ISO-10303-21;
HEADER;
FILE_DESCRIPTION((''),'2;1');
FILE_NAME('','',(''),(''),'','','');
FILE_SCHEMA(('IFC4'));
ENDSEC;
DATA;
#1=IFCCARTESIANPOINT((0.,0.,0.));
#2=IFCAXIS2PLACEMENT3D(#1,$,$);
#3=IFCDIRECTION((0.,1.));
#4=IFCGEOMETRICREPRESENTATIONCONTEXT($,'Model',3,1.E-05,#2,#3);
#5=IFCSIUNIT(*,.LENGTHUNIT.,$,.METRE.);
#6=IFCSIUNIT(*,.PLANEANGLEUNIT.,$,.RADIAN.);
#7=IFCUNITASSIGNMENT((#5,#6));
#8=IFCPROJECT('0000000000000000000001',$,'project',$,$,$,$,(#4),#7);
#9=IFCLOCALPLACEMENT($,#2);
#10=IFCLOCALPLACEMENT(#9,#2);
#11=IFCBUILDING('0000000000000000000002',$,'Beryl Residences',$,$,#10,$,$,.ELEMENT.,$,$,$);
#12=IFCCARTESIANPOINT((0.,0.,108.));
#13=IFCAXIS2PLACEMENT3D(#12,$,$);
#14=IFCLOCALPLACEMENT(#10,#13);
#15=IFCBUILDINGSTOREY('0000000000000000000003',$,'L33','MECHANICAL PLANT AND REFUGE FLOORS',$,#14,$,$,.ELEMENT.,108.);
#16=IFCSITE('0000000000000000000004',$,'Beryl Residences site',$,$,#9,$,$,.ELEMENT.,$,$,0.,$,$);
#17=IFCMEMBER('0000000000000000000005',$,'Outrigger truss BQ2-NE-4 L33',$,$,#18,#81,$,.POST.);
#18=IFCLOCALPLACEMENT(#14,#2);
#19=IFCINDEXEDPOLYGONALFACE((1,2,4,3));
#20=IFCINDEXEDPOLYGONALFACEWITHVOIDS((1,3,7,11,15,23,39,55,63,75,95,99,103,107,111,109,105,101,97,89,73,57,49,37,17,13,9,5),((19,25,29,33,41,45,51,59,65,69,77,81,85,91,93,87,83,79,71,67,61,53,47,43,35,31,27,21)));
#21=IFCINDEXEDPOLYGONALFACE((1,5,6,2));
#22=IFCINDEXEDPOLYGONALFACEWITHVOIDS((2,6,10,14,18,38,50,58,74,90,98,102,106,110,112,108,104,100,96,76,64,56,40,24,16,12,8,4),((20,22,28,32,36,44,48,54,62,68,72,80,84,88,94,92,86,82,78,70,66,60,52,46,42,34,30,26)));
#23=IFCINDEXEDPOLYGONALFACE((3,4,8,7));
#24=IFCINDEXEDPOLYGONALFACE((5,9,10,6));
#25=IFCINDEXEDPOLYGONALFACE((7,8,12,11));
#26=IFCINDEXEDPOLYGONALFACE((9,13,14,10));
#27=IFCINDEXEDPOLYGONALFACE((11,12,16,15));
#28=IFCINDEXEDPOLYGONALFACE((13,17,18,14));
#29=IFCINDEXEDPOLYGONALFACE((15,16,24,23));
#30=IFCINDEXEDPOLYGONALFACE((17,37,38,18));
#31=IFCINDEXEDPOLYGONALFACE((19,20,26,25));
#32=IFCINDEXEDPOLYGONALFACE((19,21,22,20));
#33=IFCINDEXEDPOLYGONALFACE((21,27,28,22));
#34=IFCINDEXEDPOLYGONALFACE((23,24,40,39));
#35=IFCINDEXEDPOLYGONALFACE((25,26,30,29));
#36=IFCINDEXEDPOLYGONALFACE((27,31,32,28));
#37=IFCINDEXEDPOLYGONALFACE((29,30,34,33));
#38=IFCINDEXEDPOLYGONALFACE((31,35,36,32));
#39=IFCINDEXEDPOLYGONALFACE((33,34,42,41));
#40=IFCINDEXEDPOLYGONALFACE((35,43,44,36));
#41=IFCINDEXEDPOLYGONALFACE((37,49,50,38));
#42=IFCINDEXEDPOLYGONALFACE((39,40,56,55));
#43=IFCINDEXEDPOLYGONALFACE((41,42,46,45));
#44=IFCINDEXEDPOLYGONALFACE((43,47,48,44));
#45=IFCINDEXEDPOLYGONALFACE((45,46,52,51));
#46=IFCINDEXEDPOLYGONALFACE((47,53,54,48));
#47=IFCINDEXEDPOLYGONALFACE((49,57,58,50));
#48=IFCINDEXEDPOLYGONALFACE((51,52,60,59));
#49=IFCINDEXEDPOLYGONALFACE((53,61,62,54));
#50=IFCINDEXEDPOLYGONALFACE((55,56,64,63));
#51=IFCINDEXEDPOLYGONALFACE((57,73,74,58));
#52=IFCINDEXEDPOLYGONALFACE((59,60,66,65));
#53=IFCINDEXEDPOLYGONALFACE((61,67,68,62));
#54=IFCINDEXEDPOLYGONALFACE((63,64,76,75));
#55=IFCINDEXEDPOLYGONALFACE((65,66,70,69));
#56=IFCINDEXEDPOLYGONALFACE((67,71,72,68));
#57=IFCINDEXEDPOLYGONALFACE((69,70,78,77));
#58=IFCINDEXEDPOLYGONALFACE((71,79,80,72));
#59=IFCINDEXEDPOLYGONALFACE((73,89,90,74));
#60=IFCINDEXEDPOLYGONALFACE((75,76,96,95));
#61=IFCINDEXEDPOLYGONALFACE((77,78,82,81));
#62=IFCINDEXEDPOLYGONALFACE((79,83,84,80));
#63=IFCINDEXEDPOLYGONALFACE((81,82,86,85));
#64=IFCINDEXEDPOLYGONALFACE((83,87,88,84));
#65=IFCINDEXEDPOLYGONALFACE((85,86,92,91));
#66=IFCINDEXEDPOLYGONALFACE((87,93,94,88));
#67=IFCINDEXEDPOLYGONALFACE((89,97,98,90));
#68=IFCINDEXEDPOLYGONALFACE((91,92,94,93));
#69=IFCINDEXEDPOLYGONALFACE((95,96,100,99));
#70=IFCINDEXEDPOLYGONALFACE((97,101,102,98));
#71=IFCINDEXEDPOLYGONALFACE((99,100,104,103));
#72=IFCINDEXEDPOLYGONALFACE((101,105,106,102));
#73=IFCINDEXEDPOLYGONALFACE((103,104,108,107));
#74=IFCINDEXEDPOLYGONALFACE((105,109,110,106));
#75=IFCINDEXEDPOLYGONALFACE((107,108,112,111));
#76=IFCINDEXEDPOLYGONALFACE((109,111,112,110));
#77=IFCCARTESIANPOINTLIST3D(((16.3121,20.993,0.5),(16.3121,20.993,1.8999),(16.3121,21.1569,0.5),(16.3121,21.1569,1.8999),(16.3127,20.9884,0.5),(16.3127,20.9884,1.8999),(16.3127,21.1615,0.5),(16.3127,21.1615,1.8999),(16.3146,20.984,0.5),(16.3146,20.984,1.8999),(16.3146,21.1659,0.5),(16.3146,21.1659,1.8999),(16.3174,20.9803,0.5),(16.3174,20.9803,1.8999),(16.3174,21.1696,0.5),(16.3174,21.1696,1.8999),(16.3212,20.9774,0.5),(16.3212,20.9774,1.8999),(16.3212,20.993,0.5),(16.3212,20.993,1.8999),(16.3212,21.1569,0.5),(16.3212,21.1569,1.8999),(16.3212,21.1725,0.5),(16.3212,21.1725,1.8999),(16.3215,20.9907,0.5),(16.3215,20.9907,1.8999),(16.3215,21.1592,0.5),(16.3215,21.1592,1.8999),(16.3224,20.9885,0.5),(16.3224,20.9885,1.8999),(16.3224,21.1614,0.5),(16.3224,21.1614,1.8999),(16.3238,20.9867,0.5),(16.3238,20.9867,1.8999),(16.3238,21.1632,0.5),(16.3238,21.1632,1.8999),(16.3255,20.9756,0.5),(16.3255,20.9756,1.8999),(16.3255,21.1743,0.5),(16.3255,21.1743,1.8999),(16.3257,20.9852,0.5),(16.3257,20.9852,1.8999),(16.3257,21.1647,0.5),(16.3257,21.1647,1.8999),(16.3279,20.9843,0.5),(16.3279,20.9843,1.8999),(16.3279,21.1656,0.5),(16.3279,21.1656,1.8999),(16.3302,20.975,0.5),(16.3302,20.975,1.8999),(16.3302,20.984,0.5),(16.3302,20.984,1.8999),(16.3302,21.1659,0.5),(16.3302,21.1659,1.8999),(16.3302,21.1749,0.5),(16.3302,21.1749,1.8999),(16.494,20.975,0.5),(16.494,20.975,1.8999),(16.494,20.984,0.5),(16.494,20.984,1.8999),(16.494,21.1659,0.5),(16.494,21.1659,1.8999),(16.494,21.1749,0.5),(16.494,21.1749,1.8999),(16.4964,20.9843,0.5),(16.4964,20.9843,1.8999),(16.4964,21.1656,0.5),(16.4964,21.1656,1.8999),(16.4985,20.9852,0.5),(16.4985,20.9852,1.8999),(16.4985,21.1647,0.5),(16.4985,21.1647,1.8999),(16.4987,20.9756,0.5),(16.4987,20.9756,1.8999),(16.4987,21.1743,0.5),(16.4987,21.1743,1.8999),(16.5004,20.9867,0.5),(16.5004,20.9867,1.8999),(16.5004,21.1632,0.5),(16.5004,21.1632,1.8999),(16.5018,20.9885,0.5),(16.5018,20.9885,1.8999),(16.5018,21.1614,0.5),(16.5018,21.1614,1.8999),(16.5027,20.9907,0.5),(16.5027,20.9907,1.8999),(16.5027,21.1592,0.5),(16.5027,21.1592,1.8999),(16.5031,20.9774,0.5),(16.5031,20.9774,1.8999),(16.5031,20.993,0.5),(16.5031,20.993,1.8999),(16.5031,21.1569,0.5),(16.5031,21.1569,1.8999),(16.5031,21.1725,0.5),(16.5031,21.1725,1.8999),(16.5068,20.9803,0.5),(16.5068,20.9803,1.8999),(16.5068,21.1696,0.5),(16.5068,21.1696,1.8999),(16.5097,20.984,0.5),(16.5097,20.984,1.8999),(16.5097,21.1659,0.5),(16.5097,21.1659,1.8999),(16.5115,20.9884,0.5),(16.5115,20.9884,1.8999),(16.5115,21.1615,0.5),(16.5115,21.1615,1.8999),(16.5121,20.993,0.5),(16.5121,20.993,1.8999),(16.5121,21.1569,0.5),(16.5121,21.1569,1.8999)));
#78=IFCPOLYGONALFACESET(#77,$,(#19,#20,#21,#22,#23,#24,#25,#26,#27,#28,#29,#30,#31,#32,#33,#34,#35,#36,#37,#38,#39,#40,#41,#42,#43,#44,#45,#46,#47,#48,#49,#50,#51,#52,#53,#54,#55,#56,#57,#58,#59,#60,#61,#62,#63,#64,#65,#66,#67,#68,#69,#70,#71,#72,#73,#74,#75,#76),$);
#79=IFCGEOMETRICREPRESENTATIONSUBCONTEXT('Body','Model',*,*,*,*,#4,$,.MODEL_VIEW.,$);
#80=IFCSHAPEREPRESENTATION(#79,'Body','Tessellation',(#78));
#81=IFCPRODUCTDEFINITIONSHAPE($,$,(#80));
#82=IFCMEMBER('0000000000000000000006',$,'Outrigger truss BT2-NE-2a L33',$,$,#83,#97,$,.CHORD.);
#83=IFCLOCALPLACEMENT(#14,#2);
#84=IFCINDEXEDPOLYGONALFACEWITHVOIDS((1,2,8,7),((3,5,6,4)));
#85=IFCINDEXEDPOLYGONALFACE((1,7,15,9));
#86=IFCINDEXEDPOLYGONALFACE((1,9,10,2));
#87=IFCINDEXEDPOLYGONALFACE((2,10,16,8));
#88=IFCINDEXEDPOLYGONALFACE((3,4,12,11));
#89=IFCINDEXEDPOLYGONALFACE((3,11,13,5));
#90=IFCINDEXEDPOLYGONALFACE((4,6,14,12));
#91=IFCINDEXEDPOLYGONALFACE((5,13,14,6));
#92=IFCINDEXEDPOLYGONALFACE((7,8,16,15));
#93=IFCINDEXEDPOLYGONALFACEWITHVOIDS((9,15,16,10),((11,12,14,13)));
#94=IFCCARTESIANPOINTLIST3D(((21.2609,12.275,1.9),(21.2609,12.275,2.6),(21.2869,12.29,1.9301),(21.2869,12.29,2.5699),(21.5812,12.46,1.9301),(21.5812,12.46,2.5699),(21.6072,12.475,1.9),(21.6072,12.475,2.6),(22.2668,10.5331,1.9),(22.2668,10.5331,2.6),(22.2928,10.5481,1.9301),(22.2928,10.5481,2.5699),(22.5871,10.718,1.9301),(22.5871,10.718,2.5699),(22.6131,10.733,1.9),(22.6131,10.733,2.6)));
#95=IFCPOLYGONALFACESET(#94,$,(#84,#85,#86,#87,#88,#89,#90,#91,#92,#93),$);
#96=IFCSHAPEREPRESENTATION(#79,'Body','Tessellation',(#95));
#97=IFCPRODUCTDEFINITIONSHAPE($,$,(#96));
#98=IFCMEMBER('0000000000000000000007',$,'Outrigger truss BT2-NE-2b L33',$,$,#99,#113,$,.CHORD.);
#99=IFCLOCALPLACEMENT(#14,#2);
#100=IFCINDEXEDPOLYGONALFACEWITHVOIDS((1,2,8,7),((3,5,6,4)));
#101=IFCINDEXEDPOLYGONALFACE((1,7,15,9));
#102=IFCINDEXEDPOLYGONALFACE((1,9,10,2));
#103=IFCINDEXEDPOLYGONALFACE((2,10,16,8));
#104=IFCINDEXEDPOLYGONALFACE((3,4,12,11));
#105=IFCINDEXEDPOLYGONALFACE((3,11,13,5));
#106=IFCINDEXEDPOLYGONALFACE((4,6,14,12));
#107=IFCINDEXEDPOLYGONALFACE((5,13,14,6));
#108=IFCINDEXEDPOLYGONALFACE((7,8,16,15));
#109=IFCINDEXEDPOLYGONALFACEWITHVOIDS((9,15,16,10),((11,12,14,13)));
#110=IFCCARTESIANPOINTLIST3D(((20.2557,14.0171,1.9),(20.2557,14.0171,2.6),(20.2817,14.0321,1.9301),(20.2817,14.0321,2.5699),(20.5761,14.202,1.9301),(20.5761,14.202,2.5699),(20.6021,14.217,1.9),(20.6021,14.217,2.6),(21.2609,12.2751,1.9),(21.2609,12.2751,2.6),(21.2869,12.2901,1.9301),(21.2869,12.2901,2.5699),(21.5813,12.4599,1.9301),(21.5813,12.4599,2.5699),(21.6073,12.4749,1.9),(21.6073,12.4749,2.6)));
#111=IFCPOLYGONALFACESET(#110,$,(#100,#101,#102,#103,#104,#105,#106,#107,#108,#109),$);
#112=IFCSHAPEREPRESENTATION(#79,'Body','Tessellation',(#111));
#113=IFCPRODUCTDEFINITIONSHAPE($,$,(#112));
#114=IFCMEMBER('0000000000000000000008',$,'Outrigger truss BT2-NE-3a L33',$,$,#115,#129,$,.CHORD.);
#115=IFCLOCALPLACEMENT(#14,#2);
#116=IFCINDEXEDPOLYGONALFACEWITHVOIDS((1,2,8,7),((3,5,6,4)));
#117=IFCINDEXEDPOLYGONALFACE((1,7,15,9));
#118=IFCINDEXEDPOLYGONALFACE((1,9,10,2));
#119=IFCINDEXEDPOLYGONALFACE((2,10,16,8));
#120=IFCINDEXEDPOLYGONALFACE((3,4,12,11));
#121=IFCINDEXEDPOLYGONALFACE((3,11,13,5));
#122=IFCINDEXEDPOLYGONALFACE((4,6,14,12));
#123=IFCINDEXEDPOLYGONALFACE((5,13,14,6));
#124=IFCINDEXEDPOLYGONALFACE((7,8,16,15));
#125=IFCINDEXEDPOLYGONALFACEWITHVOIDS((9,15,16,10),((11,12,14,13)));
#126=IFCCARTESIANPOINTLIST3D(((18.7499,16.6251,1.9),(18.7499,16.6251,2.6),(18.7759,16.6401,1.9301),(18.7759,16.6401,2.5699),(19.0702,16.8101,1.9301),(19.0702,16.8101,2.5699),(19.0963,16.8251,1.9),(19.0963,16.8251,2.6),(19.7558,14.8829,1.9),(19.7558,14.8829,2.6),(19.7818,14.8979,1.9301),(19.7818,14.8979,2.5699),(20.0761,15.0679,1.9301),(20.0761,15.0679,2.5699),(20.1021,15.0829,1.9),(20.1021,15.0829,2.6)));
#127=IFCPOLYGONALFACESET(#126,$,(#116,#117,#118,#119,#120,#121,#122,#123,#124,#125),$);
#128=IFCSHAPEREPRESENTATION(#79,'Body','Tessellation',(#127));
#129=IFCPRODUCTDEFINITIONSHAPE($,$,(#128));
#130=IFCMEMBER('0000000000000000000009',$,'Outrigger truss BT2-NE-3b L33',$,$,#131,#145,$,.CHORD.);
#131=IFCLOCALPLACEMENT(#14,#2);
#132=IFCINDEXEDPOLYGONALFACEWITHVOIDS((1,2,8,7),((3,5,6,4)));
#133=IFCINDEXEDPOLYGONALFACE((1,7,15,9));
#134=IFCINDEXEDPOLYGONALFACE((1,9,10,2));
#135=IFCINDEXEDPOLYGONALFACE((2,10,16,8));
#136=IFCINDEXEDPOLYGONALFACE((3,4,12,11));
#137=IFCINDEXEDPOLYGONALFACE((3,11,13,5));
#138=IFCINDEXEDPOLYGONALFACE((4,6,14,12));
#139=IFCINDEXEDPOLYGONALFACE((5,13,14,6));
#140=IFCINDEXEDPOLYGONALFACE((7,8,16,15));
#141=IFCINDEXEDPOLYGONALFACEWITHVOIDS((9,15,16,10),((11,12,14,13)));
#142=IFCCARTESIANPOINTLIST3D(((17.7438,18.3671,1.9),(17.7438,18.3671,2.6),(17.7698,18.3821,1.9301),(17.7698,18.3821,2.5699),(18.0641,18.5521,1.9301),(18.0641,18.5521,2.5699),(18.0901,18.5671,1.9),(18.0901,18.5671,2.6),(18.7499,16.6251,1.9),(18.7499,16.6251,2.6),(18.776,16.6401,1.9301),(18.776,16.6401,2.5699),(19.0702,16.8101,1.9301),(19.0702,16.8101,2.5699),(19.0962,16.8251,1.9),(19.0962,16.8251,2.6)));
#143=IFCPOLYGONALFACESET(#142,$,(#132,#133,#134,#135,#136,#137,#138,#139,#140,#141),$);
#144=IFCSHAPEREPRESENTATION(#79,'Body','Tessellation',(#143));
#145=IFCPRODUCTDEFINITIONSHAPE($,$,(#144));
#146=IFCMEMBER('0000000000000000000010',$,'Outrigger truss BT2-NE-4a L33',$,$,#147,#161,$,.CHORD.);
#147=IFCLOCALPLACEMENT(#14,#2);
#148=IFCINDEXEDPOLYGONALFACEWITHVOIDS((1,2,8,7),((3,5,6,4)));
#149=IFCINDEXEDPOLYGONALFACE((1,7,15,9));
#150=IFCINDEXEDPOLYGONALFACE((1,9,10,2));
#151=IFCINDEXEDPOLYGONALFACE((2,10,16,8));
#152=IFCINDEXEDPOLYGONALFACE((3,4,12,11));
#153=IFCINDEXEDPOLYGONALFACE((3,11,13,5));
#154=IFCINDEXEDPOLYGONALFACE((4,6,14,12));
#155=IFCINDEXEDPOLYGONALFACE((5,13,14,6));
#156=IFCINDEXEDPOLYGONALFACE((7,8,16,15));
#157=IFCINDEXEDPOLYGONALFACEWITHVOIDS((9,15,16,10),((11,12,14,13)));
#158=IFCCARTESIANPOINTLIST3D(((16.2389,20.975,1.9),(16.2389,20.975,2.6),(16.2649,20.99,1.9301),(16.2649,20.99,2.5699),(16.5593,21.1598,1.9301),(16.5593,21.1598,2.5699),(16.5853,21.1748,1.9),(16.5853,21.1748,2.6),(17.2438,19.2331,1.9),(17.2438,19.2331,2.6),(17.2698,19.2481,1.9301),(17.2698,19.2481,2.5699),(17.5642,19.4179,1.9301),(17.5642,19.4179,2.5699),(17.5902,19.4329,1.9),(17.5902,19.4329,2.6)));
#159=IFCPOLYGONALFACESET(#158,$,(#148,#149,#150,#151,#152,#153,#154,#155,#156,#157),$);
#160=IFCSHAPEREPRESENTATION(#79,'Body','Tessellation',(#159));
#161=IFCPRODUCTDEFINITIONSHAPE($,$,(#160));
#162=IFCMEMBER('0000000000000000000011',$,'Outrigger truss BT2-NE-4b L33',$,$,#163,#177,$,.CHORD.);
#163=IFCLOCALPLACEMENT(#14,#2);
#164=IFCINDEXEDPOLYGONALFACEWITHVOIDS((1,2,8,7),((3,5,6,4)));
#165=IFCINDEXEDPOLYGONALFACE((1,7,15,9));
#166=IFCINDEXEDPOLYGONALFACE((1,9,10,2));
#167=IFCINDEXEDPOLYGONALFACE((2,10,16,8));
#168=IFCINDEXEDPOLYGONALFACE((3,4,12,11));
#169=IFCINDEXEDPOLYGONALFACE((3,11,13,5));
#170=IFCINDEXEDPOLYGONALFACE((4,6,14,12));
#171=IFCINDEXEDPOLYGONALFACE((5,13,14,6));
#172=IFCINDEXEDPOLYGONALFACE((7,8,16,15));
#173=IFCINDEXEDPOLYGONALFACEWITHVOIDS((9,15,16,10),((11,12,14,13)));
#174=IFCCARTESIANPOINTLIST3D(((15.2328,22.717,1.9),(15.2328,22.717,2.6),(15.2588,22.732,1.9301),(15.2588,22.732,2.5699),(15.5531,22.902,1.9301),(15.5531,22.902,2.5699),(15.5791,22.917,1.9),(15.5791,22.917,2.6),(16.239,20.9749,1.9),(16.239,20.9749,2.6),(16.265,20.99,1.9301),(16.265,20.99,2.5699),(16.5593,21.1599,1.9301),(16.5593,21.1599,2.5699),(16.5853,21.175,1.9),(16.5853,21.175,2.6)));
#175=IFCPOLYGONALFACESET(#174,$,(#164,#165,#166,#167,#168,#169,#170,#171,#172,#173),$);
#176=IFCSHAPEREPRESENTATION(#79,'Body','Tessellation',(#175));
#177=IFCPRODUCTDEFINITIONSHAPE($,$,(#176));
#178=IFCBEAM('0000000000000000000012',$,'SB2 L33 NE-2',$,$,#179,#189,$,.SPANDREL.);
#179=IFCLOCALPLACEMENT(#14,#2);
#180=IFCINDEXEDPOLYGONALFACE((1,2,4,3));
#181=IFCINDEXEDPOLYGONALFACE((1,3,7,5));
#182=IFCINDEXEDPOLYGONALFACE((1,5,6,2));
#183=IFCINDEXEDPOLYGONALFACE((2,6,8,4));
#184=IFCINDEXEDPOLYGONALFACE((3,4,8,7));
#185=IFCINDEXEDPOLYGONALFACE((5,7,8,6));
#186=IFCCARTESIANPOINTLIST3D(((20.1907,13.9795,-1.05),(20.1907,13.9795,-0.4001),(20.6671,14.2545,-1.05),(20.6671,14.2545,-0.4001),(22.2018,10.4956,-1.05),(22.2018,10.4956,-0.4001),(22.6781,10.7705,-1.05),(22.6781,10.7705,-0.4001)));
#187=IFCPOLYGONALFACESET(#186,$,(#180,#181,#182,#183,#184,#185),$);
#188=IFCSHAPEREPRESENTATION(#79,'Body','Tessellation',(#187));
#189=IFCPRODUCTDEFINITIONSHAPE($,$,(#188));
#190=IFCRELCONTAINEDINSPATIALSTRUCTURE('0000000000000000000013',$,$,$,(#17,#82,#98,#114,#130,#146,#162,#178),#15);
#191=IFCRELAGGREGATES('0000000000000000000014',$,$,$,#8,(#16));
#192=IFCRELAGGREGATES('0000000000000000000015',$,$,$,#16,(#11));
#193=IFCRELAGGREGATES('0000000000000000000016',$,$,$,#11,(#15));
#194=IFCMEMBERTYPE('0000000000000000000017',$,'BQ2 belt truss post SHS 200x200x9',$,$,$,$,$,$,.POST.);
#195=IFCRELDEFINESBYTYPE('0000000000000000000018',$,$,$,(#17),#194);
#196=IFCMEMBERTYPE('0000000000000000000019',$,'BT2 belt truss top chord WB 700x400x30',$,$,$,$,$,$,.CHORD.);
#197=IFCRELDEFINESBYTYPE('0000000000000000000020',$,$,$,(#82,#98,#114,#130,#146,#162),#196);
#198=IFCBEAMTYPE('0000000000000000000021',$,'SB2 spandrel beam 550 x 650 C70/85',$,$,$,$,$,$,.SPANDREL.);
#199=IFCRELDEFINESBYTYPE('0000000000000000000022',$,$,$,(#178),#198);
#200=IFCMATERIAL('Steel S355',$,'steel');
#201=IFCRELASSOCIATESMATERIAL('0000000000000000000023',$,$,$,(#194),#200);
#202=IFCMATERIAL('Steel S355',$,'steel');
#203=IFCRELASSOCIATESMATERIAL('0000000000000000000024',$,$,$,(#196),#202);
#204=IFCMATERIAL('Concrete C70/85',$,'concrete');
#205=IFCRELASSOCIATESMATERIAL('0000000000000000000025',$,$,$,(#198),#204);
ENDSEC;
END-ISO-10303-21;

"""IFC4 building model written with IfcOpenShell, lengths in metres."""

from ifc_helpers import new_model, si_unit, direction, frame, origin, origin_2d, place, context, subcontext, project, spatial, rectangle, hollow_rectangle, extrude, material, material_profile, profile_set, type_object, element, save


model = new_model("IFC4")

# Units and contexts
model_context = context("Model", 3, precision=1e-05, world=origin(), true_north=direction((0.0, 1.0)))
body_context = subcontext(model_context, "Body", "Model", "MODEL_VIEW")
ifc_project = project(units=[si_unit("LENGTHUNIT", "METRE"), si_unit("PLANEANGLEUNIT", "RADIAN")], contexts=[model_context])

# Site, building, storey
site_placement = place(None, origin())
site = spatial("IfcSite", under=ifc_project, at=site_placement, Name="Beryl Residences site", CompositionType="ELEMENT", RefElevation=0.0)
building_placement = place(site_placement, origin())
building = spatial("IfcBuilding", under=site, at=building_placement, Name="Beryl Residences", CompositionType="ELEMENT")
storey_placement = place(building_placement, frame((0.0, 0.0, 108.0)))
storey = spatial("IfcBuildingStorey", under=building, at=storey_placement, Name="L33", Description="MECHANICAL PLANT AND REFUGE FLOORS", CompositionType="ELEMENT", Elevation=108.0)

# Members
ifc_material_1 = material(Name="Steel S355", Category="steel")
ifc_material_profile_1 = material_profile(ifc_material_1, hollow_rectangle(XDim=0.2, YDim=0.2, WallThickness=0.009, InnerFilletRadius=0.009, OuterFilletRadius=0.0181, at=origin_2d()))
ifc_profile_set_1 = profile_set([ifc_material_profile_1], Name="Steel S355")
member_type_1 = type_object("IfcMemberType", Name="BQ2 belt truss post SHS 200x200x9", PredefinedType="POST", material=ifc_profile_set_1)
for number, where, z_axis, x_axis, name in (
    (1, (16.4121, 21.075, 0.5), (0.0, 0.0, 1.0), (1.0, 0.0, 0.0), "Outrigger truss BQ2-NE-4 L33"),
):
    element("IfcMember", number, at=place(storey_placement, frame(where, z_axis=z_axis, x_axis=x_axis)), inside=storey, type_object=member_type_1, Name=name, PredefinedType="POST", context=body_context, shape_type="SweptSolid", body=[
        extrude(hollow_rectangle(XDim=0.2, YDim=0.2, WallThickness=0.009, InnerFilletRadius=0.009, OuterFilletRadius=0.0181, at=origin_2d()), origin(), (0.0, 0.0, 1.0), 1.3999),
    ])
ifc_material_2 = material(Name="Steel S355", Category="steel")
ifc_material_profile_2 = material_profile(ifc_material_2, hollow_rectangle(XDim=0.3999, YDim=0.7, WallThickness=0.03, at=origin_2d()))
ifc_profile_set_2 = profile_set([ifc_material_profile_2], Name="Steel S355")
member_type_2 = type_object("IfcMemberType", Name="BT2 belt truss top chord WB 700x400x30", PredefinedType="CHORD", material=ifc_profile_set_2)
member_1_placement = place(storey_placement, frame((22.4399, 10.6331, 2.25), z_axis=(-0.500055, 0.865994, 0.0), x_axis=(-0.865994, -0.500055, 0.0)))
element("IfcMember", 2, at=member_1_placement, inside=storey, type_object=member_type_2, Name="Outrigger truss BT2-NE-2a L33", PredefinedType="CHORD", context=body_context, shape_type="SweptSolid", body=[
    extrude(hollow_rectangle(XDim=0.3999, YDim=0.7, WallThickness=0.03, at=origin_2d()), origin(), (0.0, 0.0, 1.0), 2.0115),
])
member_2_placement = place(storey_placement, frame((21.4341, 12.375, 2.25), z_axis=(-0.499782, 0.866151, 0.0), x_axis=(-0.866151, -0.499782, 0.0)))
element("IfcMember", 3, at=member_2_placement, inside=storey, type_object=member_type_2, Name="Outrigger truss BT2-NE-2b L33", PredefinedType="CHORD", context=body_context, shape_type="SweptSolid", body=[
    extrude(hollow_rectangle(XDim=0.3999, YDim=0.7, WallThickness=0.03, at=origin_2d()), origin(), (0.0, 0.0, 1.0), 2.0112),
])
for number, where, z_axis, x_axis, name in (
    (4, (19.929, 14.9829, 2.25), (-0.500003, 0.866024, 0.0), (-0.866024, -0.500003, 0.0), "Outrigger truss BT2-NE-3a L33"),
    (5, (18.9231, 16.7251, 2.25), (-0.500146, 0.865941, 0.0), (-0.865941, -0.500146, 0.0), "Outrigger truss BT2-NE-3b L33"),
):
    element("IfcMember", number, at=place(storey_placement, frame(where, z_axis=z_axis, x_axis=x_axis)), inside=storey, type_object=member_type_2, Name=name, PredefinedType="CHORD", context=body_context, shape_type="SweptSolid", body=[
        extrude(hollow_rectangle(XDim=0.3999, YDim=0.7, WallThickness=0.03, at=origin_2d()), origin(), (0.0, 0.0, 1.0), 2.0117),
    ])
member_3_placement = place(storey_placement, frame((17.417, 19.333, 2.25), z_axis=(-0.499691, 0.866204, 0.0), x_axis=(-0.866204, -0.499691, 0.0)))
element("IfcMember", 6, at=member_3_placement, inside=storey, type_object=member_type_2, Name="Outrigger truss BT2-NE-4a L33", PredefinedType="CHORD", context=body_context, shape_type="SweptSolid", body=[
    extrude(hollow_rectangle(XDim=0.3999, YDim=0.7, WallThickness=0.03, at=origin_2d()), origin(), (0.0, 0.0, 1.0), 2.011),
])
member_4_placement = place(storey_placement, frame((16.4121, 21.075, 2.25), z_axis=(-0.500146, 0.865941, 0.0), x_axis=(-0.865941, -0.500146, 0.0)))
element("IfcMember", 7, at=member_4_placement, inside=storey, type_object=member_type_2, Name="Outrigger truss BT2-NE-4b L33", PredefinedType="CHORD", context=body_context, shape_type="SweptSolid", body=[
    extrude(hollow_rectangle(XDim=0.3999, YDim=0.7, WallThickness=0.03, at=origin_2d()), origin(), (0.0, 0.0, 1.0), 2.0117),
])

# Beam
ifc_material_3 = material(Name="Concrete C70/85", Category="concrete")
ifc_material_profile_3 = material_profile(ifc_material_3, rectangle(XDim=0.55, YDim=0.6499, at=origin_2d()))
ifc_profile_set_3 = profile_set([ifc_material_profile_3], Name="Concrete C70/85")
beam_type = type_object("IfcBeamType", Name="SB2 spandrel beam 550 x 650 C70/85", PredefinedType="SPANDREL", material=ifc_profile_set_3)
beam_1_placement = place(storey_placement, frame((22.4399, 10.6331, -0.7251), z_axis=(-0.499919, 0.866072, 0.0), x_axis=(-0.866072, -0.499919, 0.0)))
element("IfcBeam", 8, at=beam_1_placement, inside=storey, type_object=beam_type, Name="SB2 L33 NE-2", PredefinedType="SPANDREL", context=body_context, shape_type="SweptSolid", body=[
    extrude(rectangle(XDim=0.55, YDim=0.6499, at=origin_2d()), origin(), (0.0, 0.0, 1.0), 4.0227),
])

save(model, "model.ifc")
